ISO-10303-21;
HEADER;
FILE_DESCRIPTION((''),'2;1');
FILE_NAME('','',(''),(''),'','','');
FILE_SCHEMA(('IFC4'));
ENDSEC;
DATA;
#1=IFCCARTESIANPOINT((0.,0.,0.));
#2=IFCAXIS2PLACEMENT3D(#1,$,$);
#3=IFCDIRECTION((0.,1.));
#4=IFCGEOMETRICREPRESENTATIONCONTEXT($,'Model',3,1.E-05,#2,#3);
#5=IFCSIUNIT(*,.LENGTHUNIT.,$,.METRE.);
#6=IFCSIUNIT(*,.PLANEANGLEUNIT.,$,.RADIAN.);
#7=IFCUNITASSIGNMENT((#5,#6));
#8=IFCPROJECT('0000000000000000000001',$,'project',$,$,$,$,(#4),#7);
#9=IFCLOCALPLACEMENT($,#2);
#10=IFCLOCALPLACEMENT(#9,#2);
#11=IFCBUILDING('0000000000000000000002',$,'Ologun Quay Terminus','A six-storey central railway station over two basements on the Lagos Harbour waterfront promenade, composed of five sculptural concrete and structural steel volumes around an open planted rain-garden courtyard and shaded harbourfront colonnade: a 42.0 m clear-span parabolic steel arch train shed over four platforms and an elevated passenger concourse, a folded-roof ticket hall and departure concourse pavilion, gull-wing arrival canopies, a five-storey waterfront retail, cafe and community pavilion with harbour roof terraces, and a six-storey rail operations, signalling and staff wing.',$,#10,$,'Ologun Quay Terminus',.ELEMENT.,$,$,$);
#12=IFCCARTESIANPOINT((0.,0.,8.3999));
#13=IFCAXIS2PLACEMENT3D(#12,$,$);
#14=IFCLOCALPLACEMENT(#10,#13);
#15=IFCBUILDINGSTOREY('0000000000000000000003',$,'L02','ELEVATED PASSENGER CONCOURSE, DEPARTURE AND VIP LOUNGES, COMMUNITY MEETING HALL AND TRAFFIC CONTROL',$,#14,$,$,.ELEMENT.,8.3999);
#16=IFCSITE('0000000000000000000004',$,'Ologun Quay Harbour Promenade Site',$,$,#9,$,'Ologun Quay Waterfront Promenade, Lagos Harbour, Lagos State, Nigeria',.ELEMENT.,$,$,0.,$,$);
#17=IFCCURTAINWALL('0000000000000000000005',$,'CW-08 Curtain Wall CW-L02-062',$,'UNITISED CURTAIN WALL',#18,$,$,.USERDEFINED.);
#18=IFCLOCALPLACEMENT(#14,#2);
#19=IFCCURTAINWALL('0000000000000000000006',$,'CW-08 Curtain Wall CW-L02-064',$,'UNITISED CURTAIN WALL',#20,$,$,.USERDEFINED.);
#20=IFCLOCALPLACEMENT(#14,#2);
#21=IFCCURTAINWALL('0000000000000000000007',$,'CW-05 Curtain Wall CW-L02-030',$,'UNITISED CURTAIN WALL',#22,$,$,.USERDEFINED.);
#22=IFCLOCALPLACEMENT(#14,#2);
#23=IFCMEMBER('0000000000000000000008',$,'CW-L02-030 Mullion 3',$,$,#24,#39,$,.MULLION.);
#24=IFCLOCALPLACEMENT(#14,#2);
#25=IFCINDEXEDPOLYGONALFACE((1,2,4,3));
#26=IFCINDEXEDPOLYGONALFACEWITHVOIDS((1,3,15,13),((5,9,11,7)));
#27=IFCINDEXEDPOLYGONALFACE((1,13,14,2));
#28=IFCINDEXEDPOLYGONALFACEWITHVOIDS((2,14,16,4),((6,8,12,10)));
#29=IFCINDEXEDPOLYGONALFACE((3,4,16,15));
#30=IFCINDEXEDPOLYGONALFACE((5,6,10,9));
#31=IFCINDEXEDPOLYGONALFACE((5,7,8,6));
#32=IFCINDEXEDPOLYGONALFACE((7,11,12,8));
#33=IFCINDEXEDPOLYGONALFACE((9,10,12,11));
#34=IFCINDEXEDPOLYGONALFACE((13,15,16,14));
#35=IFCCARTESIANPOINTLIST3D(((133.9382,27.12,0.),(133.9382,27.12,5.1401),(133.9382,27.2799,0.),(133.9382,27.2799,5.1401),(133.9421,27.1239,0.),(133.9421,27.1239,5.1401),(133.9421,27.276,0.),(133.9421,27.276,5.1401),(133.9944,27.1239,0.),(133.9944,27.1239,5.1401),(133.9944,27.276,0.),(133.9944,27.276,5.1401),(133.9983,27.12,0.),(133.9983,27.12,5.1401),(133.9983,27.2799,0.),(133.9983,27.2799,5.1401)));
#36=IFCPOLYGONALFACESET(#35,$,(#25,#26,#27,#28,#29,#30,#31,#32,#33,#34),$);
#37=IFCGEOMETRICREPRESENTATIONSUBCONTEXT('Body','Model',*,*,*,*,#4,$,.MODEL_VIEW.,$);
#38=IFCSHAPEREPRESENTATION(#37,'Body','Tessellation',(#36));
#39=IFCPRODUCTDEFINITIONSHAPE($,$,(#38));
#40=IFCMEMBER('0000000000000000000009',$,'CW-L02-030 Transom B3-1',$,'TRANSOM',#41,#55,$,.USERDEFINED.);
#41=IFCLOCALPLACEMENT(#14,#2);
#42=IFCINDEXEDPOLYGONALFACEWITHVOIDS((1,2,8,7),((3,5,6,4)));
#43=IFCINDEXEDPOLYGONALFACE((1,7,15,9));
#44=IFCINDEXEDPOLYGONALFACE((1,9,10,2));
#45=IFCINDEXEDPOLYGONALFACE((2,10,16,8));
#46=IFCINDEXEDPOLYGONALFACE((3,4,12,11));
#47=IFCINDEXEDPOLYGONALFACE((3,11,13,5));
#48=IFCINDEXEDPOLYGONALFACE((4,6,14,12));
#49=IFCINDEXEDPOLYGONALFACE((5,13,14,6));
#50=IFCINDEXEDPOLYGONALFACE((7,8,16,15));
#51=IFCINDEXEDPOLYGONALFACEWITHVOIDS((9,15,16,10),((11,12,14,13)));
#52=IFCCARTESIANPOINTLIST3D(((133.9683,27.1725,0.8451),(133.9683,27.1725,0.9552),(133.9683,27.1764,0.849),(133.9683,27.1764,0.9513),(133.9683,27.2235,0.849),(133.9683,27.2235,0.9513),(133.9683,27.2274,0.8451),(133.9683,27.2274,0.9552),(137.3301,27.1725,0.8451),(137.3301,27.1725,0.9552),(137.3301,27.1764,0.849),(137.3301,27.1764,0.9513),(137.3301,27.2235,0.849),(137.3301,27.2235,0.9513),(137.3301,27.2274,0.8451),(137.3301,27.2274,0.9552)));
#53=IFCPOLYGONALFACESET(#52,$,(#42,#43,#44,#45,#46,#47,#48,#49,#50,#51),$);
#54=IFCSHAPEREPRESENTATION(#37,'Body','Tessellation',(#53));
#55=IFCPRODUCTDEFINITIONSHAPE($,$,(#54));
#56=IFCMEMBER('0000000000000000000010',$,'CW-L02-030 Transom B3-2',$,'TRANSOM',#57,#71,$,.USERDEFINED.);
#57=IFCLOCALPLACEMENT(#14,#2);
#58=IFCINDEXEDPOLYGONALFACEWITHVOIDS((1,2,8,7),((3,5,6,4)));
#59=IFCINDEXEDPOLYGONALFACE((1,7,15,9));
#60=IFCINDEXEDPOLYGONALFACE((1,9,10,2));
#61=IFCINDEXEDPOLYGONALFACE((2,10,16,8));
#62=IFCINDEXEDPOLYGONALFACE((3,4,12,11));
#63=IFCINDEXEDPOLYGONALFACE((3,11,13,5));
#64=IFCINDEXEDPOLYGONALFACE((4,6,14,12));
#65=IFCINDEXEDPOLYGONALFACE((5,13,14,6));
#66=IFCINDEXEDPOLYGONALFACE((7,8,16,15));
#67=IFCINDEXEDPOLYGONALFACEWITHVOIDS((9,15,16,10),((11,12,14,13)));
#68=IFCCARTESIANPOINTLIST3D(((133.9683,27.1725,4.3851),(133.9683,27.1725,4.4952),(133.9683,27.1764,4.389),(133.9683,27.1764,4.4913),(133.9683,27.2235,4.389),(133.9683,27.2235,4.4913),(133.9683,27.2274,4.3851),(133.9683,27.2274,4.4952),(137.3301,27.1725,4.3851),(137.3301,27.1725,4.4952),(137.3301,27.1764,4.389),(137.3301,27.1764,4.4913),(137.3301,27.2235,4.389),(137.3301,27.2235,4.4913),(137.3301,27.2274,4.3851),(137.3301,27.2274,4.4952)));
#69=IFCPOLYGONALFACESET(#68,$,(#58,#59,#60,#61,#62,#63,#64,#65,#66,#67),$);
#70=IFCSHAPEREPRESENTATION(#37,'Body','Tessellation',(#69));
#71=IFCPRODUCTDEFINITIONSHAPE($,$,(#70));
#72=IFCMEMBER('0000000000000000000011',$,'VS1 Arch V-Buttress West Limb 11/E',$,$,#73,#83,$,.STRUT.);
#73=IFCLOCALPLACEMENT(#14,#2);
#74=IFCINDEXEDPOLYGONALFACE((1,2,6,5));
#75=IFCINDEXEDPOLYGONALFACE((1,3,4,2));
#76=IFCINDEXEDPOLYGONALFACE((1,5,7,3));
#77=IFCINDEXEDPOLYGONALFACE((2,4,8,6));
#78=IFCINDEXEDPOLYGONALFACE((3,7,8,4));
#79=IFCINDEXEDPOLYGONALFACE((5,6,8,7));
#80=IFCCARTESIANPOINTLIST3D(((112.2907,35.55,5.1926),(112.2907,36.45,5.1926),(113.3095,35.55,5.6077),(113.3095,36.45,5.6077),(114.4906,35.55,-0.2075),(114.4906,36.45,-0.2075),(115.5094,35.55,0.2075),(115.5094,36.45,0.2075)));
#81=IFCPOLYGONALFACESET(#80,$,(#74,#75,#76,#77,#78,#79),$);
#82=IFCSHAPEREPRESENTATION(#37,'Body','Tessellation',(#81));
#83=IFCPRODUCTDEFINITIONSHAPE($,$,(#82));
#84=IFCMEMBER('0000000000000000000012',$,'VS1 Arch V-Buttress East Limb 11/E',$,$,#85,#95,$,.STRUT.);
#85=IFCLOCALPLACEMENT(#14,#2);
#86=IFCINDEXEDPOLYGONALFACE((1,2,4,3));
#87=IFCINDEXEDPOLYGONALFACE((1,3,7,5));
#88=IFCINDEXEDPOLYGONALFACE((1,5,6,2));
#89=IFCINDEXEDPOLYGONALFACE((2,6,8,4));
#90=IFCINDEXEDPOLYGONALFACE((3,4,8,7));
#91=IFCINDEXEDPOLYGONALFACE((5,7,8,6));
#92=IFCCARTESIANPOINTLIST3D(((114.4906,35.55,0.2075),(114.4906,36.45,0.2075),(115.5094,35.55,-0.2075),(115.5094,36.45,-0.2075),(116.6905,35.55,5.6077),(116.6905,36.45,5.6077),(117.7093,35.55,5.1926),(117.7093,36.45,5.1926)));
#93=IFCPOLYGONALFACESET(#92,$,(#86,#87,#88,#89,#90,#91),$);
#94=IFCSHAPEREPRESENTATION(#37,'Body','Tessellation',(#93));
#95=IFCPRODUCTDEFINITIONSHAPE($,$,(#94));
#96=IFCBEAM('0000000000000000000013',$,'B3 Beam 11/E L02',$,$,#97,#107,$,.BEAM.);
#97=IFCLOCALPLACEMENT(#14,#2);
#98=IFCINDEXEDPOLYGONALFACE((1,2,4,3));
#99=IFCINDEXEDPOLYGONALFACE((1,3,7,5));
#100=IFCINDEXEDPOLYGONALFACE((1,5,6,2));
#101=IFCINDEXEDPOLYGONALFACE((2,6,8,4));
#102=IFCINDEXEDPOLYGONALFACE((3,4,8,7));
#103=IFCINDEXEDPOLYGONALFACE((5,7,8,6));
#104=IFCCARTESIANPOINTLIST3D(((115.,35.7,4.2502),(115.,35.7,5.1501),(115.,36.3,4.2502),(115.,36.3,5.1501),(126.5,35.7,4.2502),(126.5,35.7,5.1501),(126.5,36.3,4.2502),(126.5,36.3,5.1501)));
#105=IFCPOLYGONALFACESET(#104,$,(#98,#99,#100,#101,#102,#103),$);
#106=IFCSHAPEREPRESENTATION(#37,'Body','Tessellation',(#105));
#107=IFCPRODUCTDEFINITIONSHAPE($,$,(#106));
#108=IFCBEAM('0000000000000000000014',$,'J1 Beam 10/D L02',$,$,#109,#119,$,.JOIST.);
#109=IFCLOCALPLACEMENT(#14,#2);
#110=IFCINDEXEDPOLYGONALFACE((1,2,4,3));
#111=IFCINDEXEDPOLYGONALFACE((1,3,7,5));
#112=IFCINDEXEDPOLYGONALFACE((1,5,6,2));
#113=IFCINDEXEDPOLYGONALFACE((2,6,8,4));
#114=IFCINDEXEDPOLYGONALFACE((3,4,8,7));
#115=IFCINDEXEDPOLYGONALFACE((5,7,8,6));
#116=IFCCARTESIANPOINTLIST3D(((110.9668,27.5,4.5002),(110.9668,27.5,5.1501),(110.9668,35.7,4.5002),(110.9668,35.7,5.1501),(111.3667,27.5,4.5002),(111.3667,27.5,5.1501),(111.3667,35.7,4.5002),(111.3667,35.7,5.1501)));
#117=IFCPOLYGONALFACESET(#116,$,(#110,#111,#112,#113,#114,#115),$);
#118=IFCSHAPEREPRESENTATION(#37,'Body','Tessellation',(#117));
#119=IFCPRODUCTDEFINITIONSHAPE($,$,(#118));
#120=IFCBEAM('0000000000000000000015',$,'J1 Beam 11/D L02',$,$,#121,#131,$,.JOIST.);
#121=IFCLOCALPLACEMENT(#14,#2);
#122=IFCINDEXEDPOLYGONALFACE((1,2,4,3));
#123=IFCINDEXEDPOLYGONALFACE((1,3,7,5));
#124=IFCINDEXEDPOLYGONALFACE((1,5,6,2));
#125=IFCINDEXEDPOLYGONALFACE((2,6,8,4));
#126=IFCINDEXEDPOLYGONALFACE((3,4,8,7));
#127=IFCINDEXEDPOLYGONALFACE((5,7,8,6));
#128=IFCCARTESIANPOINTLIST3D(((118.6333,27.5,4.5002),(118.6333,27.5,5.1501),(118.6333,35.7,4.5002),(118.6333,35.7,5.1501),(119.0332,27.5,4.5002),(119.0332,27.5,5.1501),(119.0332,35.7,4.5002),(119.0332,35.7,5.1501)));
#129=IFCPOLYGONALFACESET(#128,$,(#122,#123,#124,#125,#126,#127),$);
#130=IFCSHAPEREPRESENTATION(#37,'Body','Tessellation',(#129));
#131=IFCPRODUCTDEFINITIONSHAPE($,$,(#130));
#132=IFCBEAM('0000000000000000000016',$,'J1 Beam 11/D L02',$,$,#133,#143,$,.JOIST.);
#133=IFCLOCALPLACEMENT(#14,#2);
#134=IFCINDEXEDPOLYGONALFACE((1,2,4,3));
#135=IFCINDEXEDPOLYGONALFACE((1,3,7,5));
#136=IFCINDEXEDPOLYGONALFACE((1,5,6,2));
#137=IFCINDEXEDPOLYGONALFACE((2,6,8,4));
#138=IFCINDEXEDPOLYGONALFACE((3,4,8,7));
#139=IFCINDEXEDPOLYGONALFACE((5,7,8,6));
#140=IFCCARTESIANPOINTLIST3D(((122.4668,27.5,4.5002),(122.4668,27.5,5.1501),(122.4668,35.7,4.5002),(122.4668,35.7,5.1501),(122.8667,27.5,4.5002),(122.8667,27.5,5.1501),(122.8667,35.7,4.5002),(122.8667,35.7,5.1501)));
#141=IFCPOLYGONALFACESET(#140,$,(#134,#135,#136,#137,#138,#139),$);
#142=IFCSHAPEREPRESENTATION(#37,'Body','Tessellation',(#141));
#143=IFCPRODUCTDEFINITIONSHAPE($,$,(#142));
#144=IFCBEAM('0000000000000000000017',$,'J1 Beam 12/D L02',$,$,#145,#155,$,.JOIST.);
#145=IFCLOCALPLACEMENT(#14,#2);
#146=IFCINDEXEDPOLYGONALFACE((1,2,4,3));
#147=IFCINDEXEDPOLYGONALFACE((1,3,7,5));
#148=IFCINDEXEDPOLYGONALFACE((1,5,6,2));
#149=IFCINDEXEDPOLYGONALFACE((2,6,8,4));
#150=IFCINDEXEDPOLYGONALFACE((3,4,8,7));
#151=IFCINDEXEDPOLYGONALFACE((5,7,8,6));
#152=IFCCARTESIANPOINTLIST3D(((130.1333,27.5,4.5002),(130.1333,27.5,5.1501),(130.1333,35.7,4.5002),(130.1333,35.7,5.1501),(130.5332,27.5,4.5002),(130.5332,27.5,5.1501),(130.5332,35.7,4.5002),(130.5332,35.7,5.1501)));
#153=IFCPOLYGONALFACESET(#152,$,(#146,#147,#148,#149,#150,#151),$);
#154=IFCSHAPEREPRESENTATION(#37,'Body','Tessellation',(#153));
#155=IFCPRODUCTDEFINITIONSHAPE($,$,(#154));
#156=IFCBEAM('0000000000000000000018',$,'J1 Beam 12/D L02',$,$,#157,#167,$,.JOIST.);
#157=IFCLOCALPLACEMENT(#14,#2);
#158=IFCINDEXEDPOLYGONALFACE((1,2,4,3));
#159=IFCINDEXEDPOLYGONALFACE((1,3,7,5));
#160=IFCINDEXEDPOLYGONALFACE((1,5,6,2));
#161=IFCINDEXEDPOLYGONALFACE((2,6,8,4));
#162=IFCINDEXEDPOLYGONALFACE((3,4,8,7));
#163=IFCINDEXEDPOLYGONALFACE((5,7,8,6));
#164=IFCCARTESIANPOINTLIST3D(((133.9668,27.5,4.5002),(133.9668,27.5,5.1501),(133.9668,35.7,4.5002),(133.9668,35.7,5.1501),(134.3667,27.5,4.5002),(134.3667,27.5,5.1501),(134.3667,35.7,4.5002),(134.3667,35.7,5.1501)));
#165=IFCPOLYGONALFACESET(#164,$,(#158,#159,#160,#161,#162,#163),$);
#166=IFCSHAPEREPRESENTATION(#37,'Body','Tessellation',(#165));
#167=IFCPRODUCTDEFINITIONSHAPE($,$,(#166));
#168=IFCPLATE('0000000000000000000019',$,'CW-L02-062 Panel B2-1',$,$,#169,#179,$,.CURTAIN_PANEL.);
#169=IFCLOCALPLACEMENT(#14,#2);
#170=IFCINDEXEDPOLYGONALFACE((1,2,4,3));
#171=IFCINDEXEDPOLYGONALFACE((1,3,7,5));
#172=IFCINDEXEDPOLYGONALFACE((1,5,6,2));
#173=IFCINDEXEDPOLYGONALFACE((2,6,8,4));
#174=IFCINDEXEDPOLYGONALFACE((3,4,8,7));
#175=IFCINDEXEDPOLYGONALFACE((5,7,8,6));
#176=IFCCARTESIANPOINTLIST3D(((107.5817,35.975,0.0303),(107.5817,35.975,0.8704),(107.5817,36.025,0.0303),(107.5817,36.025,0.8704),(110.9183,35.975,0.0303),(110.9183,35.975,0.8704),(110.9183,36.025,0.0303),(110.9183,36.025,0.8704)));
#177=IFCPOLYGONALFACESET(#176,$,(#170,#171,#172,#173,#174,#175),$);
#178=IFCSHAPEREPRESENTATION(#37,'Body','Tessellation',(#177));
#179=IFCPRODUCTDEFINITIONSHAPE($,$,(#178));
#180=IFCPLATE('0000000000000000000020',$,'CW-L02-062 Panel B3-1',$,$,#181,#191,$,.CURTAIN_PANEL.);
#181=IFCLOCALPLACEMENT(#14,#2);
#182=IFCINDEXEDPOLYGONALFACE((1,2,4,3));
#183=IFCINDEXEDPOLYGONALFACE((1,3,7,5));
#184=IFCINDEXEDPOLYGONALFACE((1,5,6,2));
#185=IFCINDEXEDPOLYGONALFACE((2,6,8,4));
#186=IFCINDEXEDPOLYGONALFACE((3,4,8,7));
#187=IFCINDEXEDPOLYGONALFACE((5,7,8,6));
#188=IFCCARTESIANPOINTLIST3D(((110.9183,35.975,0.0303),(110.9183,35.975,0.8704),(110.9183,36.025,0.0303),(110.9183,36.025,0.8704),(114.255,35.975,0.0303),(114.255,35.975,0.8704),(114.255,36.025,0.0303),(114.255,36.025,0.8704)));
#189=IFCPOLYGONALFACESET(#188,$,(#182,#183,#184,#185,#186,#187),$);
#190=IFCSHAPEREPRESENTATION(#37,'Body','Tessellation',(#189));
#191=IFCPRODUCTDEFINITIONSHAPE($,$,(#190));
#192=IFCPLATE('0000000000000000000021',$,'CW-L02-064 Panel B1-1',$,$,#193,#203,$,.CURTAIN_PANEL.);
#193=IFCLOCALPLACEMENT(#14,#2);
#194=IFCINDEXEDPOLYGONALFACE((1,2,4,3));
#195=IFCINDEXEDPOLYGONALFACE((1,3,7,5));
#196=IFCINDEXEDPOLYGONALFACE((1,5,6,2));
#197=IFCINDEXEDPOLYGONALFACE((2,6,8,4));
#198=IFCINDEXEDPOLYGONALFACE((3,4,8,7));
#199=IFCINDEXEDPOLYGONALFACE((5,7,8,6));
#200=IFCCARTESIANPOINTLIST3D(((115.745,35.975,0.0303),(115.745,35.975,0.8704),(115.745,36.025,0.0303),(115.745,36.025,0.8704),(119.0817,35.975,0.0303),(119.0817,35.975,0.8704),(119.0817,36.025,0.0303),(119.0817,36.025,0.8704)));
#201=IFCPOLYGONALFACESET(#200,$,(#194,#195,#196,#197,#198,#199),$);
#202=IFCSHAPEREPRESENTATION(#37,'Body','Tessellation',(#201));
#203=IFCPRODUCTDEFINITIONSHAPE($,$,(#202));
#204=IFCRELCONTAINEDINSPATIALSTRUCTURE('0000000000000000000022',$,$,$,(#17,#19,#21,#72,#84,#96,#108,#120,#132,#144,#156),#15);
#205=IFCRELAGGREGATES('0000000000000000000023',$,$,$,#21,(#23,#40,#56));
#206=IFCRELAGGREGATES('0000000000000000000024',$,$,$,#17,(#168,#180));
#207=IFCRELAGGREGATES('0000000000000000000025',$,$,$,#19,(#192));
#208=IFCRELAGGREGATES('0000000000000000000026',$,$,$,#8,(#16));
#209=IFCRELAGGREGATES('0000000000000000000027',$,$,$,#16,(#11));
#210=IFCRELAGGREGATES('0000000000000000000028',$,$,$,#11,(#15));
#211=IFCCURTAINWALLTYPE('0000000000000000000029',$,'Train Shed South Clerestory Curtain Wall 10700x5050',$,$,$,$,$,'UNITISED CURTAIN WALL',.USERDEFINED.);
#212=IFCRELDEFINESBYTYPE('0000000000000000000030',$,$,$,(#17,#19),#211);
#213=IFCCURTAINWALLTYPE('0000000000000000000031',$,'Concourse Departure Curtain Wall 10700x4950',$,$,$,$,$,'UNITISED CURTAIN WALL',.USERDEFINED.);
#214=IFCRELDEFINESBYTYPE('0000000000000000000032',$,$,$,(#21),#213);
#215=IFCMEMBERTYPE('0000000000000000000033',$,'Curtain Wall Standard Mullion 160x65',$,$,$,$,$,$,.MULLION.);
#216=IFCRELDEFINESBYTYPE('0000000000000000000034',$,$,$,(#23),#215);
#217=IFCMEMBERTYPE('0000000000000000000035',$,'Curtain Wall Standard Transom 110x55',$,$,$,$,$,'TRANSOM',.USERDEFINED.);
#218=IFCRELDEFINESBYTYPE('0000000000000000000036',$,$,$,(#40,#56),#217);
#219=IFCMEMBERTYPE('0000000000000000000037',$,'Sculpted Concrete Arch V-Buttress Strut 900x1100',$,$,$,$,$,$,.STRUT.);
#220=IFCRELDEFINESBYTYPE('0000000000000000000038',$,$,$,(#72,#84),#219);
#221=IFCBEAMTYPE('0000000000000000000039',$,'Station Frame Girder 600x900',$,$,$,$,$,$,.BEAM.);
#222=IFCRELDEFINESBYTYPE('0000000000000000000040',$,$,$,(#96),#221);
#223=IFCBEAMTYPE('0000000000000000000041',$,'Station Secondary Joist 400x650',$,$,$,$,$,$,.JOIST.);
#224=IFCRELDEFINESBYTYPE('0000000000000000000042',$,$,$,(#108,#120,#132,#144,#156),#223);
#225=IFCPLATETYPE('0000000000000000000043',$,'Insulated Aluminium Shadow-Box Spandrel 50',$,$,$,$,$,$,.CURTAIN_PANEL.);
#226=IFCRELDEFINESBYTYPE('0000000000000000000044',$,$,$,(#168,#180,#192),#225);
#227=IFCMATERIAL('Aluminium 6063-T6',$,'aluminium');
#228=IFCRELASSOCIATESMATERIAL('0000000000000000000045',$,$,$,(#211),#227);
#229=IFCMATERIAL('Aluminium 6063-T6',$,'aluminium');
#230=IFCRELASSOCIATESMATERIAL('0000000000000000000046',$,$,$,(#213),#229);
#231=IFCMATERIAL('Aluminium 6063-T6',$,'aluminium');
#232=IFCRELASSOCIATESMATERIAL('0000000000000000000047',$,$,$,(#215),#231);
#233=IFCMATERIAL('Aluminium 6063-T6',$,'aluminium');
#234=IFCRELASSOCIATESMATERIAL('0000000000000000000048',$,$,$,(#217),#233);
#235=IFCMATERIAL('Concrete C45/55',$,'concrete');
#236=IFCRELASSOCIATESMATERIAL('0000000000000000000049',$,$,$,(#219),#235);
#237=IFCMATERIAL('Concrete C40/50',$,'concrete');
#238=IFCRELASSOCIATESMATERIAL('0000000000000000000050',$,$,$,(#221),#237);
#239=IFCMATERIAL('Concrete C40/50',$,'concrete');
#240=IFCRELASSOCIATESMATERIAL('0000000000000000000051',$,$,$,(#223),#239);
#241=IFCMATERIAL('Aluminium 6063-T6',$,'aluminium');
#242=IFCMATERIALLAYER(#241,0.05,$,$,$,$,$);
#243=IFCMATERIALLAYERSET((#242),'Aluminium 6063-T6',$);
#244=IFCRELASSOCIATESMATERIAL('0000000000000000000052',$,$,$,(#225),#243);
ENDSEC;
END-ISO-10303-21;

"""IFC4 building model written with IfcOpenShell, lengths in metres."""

from ifc_helpers import new_model, si_unit, direction, frame, origin, origin_2d, place, context, subcontext, project, spatial, rectangle, hollow_rectangle, extrude, material, layer, layer_set, material_profile, profile_set, type_object, element, aggregate, save


model = new_model("IFC4")

# Units and contexts
model_context = context("Model", 3, precision=1e-05, world=origin(), true_north=direction((0.0, 1.0)))
body_context = subcontext(model_context, "Body", "Model", "MODEL_VIEW")
ifc_project = project(units=[si_unit("LENGTHUNIT", "METRE"), si_unit("PLANEANGLEUNIT", "RADIAN")], contexts=[model_context])

# Site, building, storey
site_placement = place(None, origin())
site = spatial("IfcSite", under=ifc_project, at=site_placement, Name="Ologun Quay Harbour Promenade Site", LongName="Ologun Quay Waterfront Promenade, Lagos Harbour, Lagos State, Nigeria", CompositionType="ELEMENT", RefElevation=0.0)
building_placement = place(site_placement, origin())
building = spatial("IfcBuilding", under=site, at=building_placement, Name="Ologun Quay Terminus", Description="A six-storey central railway station over two basements on the Lagos Harbour waterfront promenade, composed of five sculptural concrete and structural steel volumes around an open planted rain-garden courtyard and shaded harbourfront colonnade: a 42.0 m clear-span parabolic steel arch train shed over four platforms and an elevated passenger concourse, a folded-roof ticket hall and departure concourse pavilion, gull-wing arrival canopies, a five-storey waterfront retail, cafe and community pavilion with harbour roof terraces, and a six-storey rail operations, signalling and staff wing.", LongName="Ologun Quay Terminus", CompositionType="ELEMENT")
storey_placement = place(building_placement, frame((0.0, 0.0, 8.3999)))
storey = spatial("IfcBuildingStorey", under=building, at=storey_placement, Name="L02", Description="ELEVATED PASSENGER CONCOURSE, DEPARTURE AND VIP LOUNGES, COMMUNITY MEETING HALL AND TRAFFIC CONTROL", CompositionType="ELEMENT", Elevation=8.3999)

# Curtain walls
ifc_material_1 = material(Name="Aluminium 6063-T6", Category="aluminium")
curtain_wall_type_1 = type_object("IfcCurtainWallType", Name="Train Shed South Clerestory Curtain Wall 10700x5050", ElementType="UNITISED CURTAIN WALL", PredefinedType="USERDEFINED", material=ifc_material_1)
curtain_wall_1_placement = place(storey_placement, origin())
curtain_wall_1 = element("IfcCurtainWall", 1, at=curtain_wall_1_placement, inside=storey, type_object=curtain_wall_type_1, Name="CW-08 Curtain Wall CW-L02-062", ObjectType="UNITISED CURTAIN WALL", PredefinedType="USERDEFINED")
curtain_wall_2_placement = place(storey_placement, origin())
curtain_wall_2 = element("IfcCurtainWall", 2, at=curtain_wall_2_placement, inside=storey, type_object=curtain_wall_type_1, Name="CW-08 Curtain Wall CW-L02-064", ObjectType="UNITISED CURTAIN WALL", PredefinedType="USERDEFINED")

# Curtain wall, members
ifc_material_2 = material(Name="Aluminium 6063-T6", Category="aluminium")
curtain_wall_type_2 = type_object("IfcCurtainWallType", Name="Concourse Departure Curtain Wall 10700x4950", ElementType="UNITISED CURTAIN WALL", PredefinedType="USERDEFINED", material=ifc_material_2)
curtain_wall_3_placement = place(storey_placement, origin())
curtain_wall_3 = element("IfcCurtainWall", 3, at=curtain_wall_3_placement, inside=storey, type_object=curtain_wall_type_2, Name="CW-05 Curtain Wall CW-L02-030", ObjectType="UNITISED CURTAIN WALL", PredefinedType="USERDEFINED")
ifc_material_3 = material(Name="Aluminium 6063-T6", Category="aluminium")
ifc_material_profile_1 = material_profile(ifc_material_3, hollow_rectangle(XDim=0.0601, YDim=0.1599, WallThickness=0.0039, at=origin_2d()), Name="ALU 160x60x4")
ifc_profile_set_1 = profile_set([ifc_material_profile_1], Name="Aluminium 6063-T6")
member_type_1 = type_object("IfcMemberType", Name="Curtain Wall Standard Mullion 160x65", PredefinedType="MULLION", material=ifc_profile_set_1)
member_1_placement = place(storey_placement, frame((133.9683, 27.2, 0.0), z_axis=(0.0, 0.0, 1.0), x_axis=(1.0, 0.0, 0.0)))
member_1 = element("IfcMember", 4, at=member_1_placement, type_object=member_type_1, Name="CW-L02-030 Mullion 3", PredefinedType="MULLION", context=body_context, shape_type="SweptSolid", body=[
    extrude(hollow_rectangle(XDim=0.0601, YDim=0.1599, WallThickness=0.0039, at=origin_2d()), origin(), (0.0, 0.0, 1.0), 5.1401),
])
ifc_material_4 = material(Name="Aluminium 6063-T6", Category="aluminium")
ifc_material_profile_2 = material_profile(ifc_material_4, hollow_rectangle(XDim=0.0549, YDim=0.1101, WallThickness=0.0039, at=origin_2d()), Name="ALU 110x55x4")
ifc_profile_set_2 = profile_set([ifc_material_profile_2], Name="Aluminium 6063-T6")
member_type_2 = type_object("IfcMemberType", Name="Curtain Wall Standard Transom 110x55", ElementType="TRANSOM", PredefinedType="USERDEFINED", material=ifc_profile_set_2)
member_2_placement = place(storey_placement, frame((133.9683, 27.2, 0.9001), z_axis=(1.0, 0.0, 0.0), x_axis=(0.0, 1.0, 0.0)))
member_2 = element("IfcMember", 5, at=member_2_placement, type_object=member_type_2, Name="CW-L02-030 Transom B3-1", ObjectType="TRANSOM", PredefinedType="USERDEFINED", context=body_context, shape_type="SweptSolid", body=[
    extrude(hollow_rectangle(XDim=0.0549, YDim=0.1101, WallThickness=0.0039, at=origin_2d()), origin(), (0.0, 0.0, 1.0), 3.3618),
])
member_3_placement = place(storey_placement, frame((133.9683, 27.2, 4.4402), z_axis=(1.0, 0.0, 0.0), x_axis=(0.0, 1.0, 0.0)))
member_3 = element("IfcMember", 6, at=member_3_placement, type_object=member_type_2, Name="CW-L02-030 Transom B3-2", ObjectType="TRANSOM", PredefinedType="USERDEFINED", context=body_context, shape_type="SweptSolid", body=[
    extrude(hollow_rectangle(XDim=0.0549, YDim=0.1101, WallThickness=0.0039, at=origin_2d()), origin(), (0.0, 0.0, 1.0), 3.3618),
])

# Members
ifc_material_5 = material(Name="Concrete C45/55", Category="concrete")
ifc_material_profile_3 = material_profile(ifc_material_5, rectangle(XDim=0.8999, YDim=1.1001, at=origin_2d()), Name="RC 900x1100")
ifc_profile_set_3 = profile_set([ifc_material_profile_3], Name="Concrete C45/55")
member_type_3 = type_object("IfcMemberType", Name="Sculpted Concrete Arch V-Buttress Strut 900x1100", PredefinedType="STRUT", material=ifc_profile_set_3)
for number, where, z_axis, x_axis, name in (
    (7, (115.0, 36.0, 0.0), (-0.377281, 0.0, 0.926099), (0.0, -1.0, 0.0), "VS1 Arch V-Buttress West Limb 11/E"),
    (8, (115.0, 36.0, 0.0), (0.377281, 0.0, 0.926099), (0.0, 1.0, 0.0), "VS1 Arch V-Buttress East Limb 11/E"),
):
    element("IfcMember", number, at=place(storey_placement, frame(where, z_axis=z_axis, x_axis=x_axis)), inside=storey, type_object=member_type_3, Name=name, PredefinedType="STRUT", context=body_context, shape_type="SweptSolid", body=[
        extrude(rectangle(XDim=0.8999, YDim=1.1001, at=origin_2d()), origin(), (0.0, 0.0, 1.0), 5.8311),
    ])

# Beams
ifc_material_6 = material(Name="Concrete C40/50", Category="concrete")
ifc_material_profile_4 = material_profile(ifc_material_6, rectangle(XDim=0.6001, YDim=0.8999, at=origin_2d()), Name="RC 600x900")
ifc_profile_set_4 = profile_set([ifc_material_profile_4], Name="Concrete C40/50")
beam_type_1 = type_object("IfcBeamType", Name="Station Frame Girder 600x900", PredefinedType="BEAM", material=ifc_profile_set_4)
beam_placement = place(storey_placement, frame((115.0, 36.0, 4.7002), z_axis=(1.0, 0.0, 0.0), x_axis=(0.0, 1.0, 0.0)))
element("IfcBeam", 9, at=beam_placement, inside=storey, type_object=beam_type_1, Name="B3 Beam 11/E L02", PredefinedType="BEAM", context=body_context, shape_type="SweptSolid", body=[
    extrude(rectangle(XDim=0.6001, YDim=0.8999, at=origin_2d()), origin(), (0.0, 0.0, 1.0), 11.5),
])
ifc_material_7 = material(Name="Concrete C40/50", Category="concrete")
ifc_material_profile_5 = material_profile(ifc_material_7, rectangle(XDim=0.3999, YDim=0.6499, at=origin_2d()), Name="RC 400x650")
ifc_profile_set_5 = profile_set([ifc_material_profile_5], Name="Concrete C40/50")
beam_type_2 = type_object("IfcBeamType", Name="Station Secondary Joist 400x650", PredefinedType="JOIST", material=ifc_profile_set_5)
for number, where, z_axis, x_axis, name in (
    (10, (111.1667, 27.5, 4.8252), (0.0, 1.0, 0.0), (-1.0, 0.0, 0.0), "J1 Beam 10/D L02"),
    (11, (118.8333, 27.5, 4.8252), (0.0, 1.0, 0.0), (-1.0, 0.0, 0.0), "J1 Beam 11/D L02"),
    (12, (122.6667, 27.5, 4.8252), (0.0, 1.0, 0.0), (-1.0, 0.0, 0.0), "J1 Beam 11/D L02"),
    (13, (130.3333, 27.5, 4.8252), (0.0, 1.0, 0.0), (-1.0, 0.0, 0.0), "J1 Beam 12/D L02"),
    (14, (134.1667, 27.5, 4.8252), (0.0, 1.0, 0.0), (-1.0, 0.0, 0.0), "J1 Beam 12/D L02"),
):
    element("IfcBeam", number, at=place(storey_placement, frame(where, z_axis=z_axis, x_axis=x_axis)), inside=storey, type_object=beam_type_2, Name=name, PredefinedType="JOIST", context=body_context, shape_type="SweptSolid", body=[
        extrude(rectangle(XDim=0.3999, YDim=0.6499, at=origin_2d()), origin(), (0.0, 0.0, 1.0), 8.2),
    ])

# Plates
ifc_material_8 = material(Name="Aluminium 6063-T6", Category="aluminium")
ifc_layer_1 = layer(ifc_material_8, 0.05)
ifc_layer_set_1 = layer_set([ifc_layer_1], Name="Aluminium 6063-T6")
plate_type_1 = type_object("IfcPlateType", Name="Insulated Aluminium Shadow-Box Spandrel 50", PredefinedType="CURTAIN_PANEL", material=ifc_layer_set_1)
plate_1_placement = place(storey_placement, frame((109.25, 36.0, 0.0303), z_axis=(0.0, 0.0, 1.0), x_axis=(1.0, 0.0, 0.0)))
plate_1 = element("IfcPlate", 15, at=plate_1_placement, type_object=plate_type_1, Name="CW-L02-062 Panel B2-1", PredefinedType="CURTAIN_PANEL", context=body_context, shape_type="SweptSolid", body=[
    extrude(rectangle(XDim=3.3367, YDim=0.05, at=origin_2d()), origin(), (0.0, 0.0, 1.0), 0.8401),
])
plate_2_placement = place(storey_placement, frame((112.5867, 36.0, 0.0303), z_axis=(0.0, 0.0, 1.0), x_axis=(1.0, 0.0, 0.0)))
plate_2 = element("IfcPlate", 16, at=plate_2_placement, type_object=plate_type_1, Name="CW-L02-062 Panel B3-1", PredefinedType="CURTAIN_PANEL", context=body_context, shape_type="SweptSolid", body=[
    extrude(rectangle(XDim=3.3367, YDim=0.05, at=origin_2d()), origin(), (0.0, 0.0, 1.0), 0.8401),
])
plate_3_placement = place(storey_placement, frame((117.4133, 36.0, 0.0303), z_axis=(0.0, 0.0, 1.0), x_axis=(1.0, 0.0, 0.0)))
plate_3 = element("IfcPlate", 17, at=plate_3_placement, type_object=plate_type_1, Name="CW-L02-064 Panel B1-1", PredefinedType="CURTAIN_PANEL", context=body_context, shape_type="SweptSolid", body=[
    extrude(rectangle(XDim=3.3367, YDim=0.05, at=origin_2d()), origin(), (0.0, 0.0, 1.0), 0.8401),
])
aggregate(curtain_wall_3, [member_1, member_2, member_3])
aggregate(curtain_wall_1, [plate_1, plate_2])
aggregate(curtain_wall_2, [plate_3])

save(model, "model.ifc")
